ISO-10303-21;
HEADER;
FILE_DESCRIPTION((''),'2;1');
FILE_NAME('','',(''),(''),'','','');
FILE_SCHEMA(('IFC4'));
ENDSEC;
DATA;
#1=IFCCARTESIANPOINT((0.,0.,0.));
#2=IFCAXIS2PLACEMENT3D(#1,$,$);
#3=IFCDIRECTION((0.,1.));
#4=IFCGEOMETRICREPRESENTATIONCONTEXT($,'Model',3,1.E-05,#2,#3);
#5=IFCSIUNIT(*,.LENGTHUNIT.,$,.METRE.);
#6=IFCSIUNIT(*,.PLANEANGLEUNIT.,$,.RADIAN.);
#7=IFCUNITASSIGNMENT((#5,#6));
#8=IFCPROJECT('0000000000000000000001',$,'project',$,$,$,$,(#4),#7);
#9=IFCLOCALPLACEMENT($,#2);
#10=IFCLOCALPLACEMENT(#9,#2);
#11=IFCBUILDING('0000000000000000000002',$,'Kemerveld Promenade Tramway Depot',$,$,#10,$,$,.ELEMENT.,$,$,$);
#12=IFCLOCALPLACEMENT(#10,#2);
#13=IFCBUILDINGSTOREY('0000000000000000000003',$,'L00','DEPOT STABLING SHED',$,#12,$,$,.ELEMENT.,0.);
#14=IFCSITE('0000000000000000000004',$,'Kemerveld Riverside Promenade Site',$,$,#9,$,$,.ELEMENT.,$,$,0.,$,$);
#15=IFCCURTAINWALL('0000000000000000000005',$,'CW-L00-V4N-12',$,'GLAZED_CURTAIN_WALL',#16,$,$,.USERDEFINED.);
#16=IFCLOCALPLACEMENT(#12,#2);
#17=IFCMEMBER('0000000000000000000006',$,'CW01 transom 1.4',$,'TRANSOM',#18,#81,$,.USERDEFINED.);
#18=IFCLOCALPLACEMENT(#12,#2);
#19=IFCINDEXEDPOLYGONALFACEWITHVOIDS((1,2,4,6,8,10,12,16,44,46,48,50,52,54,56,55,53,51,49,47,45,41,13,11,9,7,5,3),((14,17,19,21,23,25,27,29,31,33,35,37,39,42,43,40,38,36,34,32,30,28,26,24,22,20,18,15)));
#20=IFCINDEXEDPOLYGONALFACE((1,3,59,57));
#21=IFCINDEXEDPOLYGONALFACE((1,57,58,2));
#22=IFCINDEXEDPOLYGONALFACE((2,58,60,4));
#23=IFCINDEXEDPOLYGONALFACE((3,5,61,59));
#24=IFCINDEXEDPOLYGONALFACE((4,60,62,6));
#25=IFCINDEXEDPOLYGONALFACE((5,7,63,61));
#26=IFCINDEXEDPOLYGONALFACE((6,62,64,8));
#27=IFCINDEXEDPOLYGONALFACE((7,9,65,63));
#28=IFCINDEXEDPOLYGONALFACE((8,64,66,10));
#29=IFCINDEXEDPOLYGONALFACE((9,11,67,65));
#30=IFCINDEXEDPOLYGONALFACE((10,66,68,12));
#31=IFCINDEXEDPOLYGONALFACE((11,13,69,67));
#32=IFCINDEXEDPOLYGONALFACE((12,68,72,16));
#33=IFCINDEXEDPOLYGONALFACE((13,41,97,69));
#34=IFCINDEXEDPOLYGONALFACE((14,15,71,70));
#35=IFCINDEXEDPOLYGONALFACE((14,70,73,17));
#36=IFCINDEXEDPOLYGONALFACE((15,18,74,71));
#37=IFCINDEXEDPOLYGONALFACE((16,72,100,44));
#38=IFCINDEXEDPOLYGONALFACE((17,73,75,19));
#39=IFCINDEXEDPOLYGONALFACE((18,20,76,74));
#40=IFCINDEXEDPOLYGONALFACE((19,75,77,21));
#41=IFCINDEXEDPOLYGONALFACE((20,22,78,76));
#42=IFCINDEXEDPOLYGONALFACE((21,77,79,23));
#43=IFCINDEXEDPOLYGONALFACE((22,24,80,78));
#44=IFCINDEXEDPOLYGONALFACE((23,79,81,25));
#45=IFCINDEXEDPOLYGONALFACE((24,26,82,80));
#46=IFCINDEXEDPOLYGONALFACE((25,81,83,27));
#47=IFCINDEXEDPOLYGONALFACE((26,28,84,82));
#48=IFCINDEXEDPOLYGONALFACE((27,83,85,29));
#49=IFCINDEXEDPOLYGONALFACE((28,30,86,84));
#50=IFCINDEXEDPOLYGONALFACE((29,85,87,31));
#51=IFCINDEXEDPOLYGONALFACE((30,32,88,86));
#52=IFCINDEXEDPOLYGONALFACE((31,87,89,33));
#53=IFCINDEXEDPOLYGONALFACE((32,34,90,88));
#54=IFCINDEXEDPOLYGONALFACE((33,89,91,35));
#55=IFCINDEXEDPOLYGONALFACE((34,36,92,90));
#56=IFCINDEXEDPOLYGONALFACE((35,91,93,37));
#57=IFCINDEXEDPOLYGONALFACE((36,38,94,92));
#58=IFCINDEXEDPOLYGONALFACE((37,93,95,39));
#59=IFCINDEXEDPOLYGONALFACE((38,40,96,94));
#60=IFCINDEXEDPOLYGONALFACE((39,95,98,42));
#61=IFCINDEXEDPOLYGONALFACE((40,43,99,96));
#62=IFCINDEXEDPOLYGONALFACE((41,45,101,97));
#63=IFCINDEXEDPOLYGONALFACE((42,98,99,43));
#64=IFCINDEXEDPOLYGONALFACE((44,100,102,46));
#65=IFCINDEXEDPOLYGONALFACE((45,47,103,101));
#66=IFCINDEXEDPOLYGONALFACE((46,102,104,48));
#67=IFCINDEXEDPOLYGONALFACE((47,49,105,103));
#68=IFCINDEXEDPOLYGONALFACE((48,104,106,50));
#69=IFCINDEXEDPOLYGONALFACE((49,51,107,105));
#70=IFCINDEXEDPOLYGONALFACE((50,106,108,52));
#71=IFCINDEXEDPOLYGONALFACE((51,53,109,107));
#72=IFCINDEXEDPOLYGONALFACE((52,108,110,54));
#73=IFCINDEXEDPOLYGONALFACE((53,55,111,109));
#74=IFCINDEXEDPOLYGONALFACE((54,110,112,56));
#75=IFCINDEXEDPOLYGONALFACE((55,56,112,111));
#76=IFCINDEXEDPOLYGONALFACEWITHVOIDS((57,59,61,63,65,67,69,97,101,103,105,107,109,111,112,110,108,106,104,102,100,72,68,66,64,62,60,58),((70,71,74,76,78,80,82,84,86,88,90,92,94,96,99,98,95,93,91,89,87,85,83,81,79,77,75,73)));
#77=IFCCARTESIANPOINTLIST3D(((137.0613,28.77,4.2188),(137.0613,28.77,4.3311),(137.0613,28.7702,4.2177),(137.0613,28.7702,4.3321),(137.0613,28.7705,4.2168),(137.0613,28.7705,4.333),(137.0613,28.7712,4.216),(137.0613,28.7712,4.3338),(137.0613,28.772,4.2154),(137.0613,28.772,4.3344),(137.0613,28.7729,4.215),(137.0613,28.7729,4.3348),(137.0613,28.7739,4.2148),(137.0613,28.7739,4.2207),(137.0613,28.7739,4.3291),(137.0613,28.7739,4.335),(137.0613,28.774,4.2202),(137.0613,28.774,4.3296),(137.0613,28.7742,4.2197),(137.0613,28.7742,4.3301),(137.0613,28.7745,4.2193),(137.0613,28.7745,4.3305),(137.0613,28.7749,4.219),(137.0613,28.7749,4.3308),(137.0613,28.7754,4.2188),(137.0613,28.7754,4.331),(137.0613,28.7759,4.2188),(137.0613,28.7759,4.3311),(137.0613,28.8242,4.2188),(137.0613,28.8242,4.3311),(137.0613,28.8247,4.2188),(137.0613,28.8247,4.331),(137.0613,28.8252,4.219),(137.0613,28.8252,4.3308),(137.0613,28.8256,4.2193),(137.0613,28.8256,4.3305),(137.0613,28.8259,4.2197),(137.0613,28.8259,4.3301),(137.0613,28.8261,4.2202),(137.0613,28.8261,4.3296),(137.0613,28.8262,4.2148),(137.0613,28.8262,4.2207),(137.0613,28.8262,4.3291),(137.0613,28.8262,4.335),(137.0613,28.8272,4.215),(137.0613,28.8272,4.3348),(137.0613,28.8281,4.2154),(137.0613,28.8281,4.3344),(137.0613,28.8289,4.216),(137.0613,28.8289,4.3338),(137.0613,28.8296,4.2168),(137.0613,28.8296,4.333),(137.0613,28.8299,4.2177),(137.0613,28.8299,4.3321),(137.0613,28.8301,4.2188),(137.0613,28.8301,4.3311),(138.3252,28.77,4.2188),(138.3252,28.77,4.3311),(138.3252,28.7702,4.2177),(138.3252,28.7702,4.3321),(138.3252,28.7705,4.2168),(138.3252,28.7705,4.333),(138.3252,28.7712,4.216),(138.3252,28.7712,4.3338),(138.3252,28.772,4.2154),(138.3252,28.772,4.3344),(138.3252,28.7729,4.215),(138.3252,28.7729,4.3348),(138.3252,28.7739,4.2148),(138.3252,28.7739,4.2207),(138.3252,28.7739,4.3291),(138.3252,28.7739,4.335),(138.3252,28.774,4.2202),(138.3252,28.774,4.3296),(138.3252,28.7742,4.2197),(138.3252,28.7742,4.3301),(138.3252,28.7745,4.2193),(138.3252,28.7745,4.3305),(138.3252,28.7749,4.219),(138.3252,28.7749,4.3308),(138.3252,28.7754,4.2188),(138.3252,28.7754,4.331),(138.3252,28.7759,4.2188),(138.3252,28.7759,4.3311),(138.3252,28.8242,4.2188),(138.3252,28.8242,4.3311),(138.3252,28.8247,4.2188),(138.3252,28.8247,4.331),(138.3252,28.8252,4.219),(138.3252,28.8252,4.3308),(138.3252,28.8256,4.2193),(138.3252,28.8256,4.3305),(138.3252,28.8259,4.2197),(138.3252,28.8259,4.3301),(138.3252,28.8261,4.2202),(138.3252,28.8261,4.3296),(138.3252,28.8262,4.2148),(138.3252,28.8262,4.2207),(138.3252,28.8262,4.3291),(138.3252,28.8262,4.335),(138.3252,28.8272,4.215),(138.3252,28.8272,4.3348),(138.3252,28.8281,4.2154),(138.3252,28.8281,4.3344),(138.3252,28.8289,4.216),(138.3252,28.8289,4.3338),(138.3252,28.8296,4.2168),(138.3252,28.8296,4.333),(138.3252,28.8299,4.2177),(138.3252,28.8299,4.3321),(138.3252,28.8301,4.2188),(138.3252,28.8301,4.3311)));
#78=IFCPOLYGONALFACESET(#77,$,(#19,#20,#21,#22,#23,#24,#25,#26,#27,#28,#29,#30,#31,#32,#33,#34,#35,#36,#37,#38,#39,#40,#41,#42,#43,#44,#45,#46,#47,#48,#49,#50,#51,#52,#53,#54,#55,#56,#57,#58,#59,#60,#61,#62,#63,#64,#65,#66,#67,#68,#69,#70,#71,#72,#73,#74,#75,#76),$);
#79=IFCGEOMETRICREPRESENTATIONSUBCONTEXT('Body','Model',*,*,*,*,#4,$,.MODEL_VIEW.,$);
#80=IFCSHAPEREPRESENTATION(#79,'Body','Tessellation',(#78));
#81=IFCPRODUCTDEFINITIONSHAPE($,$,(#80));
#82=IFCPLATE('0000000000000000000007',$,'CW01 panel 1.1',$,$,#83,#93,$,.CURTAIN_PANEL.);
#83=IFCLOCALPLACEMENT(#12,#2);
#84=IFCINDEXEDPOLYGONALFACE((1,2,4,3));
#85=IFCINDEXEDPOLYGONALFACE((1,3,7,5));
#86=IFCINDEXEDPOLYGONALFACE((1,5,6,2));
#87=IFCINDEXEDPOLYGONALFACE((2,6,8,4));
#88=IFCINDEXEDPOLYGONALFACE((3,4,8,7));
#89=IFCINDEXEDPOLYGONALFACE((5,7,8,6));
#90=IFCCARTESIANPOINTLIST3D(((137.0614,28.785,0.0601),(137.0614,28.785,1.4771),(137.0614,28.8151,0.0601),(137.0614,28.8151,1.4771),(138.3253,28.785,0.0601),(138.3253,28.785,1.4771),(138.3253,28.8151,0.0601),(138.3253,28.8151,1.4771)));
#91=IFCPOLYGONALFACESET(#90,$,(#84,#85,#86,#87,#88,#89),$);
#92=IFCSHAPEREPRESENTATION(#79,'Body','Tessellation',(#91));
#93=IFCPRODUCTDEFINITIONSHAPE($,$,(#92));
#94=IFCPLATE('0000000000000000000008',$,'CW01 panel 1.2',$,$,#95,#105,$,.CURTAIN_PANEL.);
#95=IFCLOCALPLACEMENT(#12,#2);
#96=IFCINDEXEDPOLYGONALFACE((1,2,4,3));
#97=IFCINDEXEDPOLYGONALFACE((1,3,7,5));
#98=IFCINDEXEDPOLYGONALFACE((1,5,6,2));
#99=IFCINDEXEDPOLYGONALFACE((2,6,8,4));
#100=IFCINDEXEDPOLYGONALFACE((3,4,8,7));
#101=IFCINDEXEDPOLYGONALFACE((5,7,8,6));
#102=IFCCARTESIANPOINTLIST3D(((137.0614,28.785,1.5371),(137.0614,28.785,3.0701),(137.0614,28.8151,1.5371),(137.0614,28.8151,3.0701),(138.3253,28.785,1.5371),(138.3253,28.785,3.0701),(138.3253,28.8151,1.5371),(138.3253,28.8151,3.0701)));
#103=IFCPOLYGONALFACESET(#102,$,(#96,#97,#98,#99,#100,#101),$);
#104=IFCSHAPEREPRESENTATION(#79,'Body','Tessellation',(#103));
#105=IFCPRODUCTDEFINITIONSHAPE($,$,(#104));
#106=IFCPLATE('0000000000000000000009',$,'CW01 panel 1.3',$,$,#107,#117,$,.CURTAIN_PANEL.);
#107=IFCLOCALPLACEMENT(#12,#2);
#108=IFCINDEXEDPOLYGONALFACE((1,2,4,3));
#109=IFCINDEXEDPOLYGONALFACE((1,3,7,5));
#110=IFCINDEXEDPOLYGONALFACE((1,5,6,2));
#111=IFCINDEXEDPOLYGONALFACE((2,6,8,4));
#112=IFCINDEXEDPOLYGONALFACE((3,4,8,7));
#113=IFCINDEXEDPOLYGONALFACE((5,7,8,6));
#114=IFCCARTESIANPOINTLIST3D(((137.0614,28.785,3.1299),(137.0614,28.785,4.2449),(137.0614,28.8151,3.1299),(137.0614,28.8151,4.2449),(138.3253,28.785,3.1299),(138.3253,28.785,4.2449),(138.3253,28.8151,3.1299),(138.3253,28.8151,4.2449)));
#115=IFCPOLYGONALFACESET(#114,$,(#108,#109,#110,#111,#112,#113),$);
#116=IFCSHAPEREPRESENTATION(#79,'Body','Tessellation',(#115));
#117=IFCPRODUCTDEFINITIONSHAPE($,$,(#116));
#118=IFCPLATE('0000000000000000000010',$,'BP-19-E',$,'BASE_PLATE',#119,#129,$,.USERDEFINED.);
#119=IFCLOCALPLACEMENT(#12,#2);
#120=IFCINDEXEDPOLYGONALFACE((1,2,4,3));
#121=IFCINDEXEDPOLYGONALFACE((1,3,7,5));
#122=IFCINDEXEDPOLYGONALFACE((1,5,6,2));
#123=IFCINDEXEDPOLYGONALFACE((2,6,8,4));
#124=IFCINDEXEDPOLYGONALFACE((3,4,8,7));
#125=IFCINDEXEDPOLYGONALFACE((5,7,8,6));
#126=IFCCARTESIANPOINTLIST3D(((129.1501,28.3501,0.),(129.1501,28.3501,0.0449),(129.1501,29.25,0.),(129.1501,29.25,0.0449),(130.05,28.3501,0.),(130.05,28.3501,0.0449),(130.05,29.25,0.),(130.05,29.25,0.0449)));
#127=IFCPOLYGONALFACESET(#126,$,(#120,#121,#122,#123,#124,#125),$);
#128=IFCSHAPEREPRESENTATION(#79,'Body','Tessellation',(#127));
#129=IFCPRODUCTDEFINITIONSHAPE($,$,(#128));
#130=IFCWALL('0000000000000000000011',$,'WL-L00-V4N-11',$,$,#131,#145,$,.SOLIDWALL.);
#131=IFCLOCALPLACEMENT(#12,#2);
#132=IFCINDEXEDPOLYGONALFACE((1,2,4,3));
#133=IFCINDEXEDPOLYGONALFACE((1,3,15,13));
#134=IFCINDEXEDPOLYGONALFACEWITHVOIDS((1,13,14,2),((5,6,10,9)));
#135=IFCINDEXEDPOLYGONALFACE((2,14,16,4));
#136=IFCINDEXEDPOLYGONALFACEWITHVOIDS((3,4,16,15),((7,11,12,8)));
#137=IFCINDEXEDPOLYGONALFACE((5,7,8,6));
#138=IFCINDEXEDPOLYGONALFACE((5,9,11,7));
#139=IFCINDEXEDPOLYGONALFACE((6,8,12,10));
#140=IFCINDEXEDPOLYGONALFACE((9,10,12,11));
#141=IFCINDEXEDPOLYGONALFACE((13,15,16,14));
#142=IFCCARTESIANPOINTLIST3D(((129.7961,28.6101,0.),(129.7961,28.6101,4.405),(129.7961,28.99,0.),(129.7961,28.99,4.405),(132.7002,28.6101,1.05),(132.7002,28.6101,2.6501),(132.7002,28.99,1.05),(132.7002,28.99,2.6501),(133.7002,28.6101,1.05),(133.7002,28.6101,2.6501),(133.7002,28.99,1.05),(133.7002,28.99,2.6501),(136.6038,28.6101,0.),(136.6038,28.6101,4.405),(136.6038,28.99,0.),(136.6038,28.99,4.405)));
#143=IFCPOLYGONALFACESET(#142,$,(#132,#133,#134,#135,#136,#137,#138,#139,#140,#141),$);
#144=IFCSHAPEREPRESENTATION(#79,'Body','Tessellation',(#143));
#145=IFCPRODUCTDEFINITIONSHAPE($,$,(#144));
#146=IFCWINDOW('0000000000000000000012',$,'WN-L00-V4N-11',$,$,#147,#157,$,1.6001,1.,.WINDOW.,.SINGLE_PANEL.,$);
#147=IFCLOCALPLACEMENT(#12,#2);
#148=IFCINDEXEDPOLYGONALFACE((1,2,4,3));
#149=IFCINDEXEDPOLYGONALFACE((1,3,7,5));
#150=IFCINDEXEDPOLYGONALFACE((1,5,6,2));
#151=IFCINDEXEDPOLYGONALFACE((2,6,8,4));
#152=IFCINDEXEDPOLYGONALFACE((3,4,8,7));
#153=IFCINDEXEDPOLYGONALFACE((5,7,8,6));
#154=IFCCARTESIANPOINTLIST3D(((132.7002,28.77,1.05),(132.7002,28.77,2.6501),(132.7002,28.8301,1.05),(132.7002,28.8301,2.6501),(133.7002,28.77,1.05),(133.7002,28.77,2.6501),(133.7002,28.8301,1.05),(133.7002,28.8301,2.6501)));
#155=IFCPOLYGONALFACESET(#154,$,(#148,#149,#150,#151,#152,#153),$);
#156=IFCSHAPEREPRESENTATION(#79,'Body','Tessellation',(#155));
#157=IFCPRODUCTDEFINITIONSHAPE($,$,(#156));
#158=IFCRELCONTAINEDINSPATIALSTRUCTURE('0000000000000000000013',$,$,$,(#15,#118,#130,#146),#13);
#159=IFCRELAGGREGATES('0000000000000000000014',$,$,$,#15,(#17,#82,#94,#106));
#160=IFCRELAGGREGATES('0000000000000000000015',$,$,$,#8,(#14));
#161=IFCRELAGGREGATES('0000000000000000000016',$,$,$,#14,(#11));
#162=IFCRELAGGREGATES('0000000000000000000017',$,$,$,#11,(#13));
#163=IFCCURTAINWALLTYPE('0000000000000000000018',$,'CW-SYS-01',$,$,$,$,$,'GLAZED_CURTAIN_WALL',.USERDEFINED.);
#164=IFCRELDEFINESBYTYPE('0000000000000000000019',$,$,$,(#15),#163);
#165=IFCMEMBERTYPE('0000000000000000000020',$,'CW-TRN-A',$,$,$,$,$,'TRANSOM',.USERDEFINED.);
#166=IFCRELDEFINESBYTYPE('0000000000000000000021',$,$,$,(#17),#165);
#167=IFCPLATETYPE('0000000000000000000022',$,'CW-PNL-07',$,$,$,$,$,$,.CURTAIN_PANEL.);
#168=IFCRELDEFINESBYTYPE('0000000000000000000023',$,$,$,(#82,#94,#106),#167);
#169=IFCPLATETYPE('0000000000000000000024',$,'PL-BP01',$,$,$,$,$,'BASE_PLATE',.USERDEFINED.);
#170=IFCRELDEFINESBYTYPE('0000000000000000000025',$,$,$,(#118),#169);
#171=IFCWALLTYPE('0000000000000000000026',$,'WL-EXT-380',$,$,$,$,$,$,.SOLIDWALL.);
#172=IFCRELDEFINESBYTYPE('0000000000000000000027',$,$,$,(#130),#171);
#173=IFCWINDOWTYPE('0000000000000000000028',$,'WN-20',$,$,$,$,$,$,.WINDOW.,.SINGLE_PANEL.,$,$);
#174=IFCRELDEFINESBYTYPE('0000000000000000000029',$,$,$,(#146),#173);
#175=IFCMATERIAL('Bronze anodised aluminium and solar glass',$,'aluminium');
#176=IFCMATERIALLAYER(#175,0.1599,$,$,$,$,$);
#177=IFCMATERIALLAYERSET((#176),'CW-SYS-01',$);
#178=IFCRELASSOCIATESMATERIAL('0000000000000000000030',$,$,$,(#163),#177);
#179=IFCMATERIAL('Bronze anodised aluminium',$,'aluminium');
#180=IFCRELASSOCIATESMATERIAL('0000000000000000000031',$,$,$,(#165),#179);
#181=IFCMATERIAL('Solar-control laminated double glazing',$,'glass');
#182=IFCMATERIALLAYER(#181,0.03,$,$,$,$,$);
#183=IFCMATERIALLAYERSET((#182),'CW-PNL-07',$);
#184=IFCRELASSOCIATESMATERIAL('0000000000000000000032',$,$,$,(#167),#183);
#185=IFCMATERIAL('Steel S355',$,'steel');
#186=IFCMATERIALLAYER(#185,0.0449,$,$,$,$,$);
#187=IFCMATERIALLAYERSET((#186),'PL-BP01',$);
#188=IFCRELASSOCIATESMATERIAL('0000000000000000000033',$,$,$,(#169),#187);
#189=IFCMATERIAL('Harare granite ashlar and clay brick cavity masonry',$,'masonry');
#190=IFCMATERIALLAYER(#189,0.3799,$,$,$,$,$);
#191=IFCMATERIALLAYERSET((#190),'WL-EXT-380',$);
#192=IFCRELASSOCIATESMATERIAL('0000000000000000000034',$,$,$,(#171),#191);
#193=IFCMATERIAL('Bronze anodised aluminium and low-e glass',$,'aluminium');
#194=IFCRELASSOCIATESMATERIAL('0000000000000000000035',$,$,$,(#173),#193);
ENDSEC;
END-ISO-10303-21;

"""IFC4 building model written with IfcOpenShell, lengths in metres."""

from ifc_helpers import new_model, si_unit, direction, frame, frame_2d, origin, origin_2d, place, context, subcontext, project, spatial, rectangle, hollow_rectangle, extrude, material, layer, layer_set, material_profile, profile_set, type_object, element, fill, aggregate, save


model = new_model("IFC4")

# Units and contexts
model_context = context("Model", 3, precision=1e-05, world=origin(), true_north=direction((0.0, 1.0)))
body_context = subcontext(model_context, "Body", "Model", "MODEL_VIEW")
ifc_project = project(units=[si_unit("LENGTHUNIT", "METRE"), si_unit("PLANEANGLEUNIT", "RADIAN")], contexts=[model_context])

# Site, building, storey
site_placement = place(None, origin())
site = spatial("IfcSite", under=ifc_project, at=site_placement, Name="Kemerveld Riverside Promenade Site", CompositionType="ELEMENT", RefElevation=0.0)
building_placement = place(site_placement, origin())
building = spatial("IfcBuilding", under=site, at=building_placement, Name="Kemerveld Promenade Tramway Depot", CompositionType="ELEMENT")
storey_placement = place(building_placement, origin())
storey = spatial("IfcBuildingStorey", under=building, at=storey_placement, Name="L00", Description="DEPOT STABLING SHED", CompositionType="ELEMENT", Elevation=0.0)

# Shared definitions
ifc_material_1 = material(Name="Steel S355", Category="steel")

# Curtain wall, member, plates
ifc_material_2 = material(Name="Bronze anodised aluminium and solar glass", Category="aluminium")
ifc_layer_1 = layer(ifc_material_2, 0.1599)
ifc_layer_set_1 = layer_set([ifc_layer_1], Name="CW-SYS-01")
curtain_wall_type = type_object("IfcCurtainWallType", Name="CW-SYS-01", ElementType="GLAZED_CURTAIN_WALL", PredefinedType="USERDEFINED", material=ifc_layer_set_1)
curtain_wall_placement = place(storey_placement, origin())
curtain_wall = element("IfcCurtainWall", 1, at=curtain_wall_placement, inside=storey, type_object=curtain_wall_type, Name="CW-L00-V4N-12", ObjectType="GLAZED_CURTAIN_WALL", PredefinedType="USERDEFINED")
ifc_material_3 = material(Name="Bronze anodised aluminium", Category="aluminium")
ifc_material_profile_1 = material_profile(ifc_material_3, hollow_rectangle(XDim=0.0601, YDim=0.1201, WallThickness=0.0039, InnerFilletRadius=0.002, OuterFilletRadius=0.0039, at=origin_2d()), Name="CW-TRN-120x60")
ifc_profile_set_1 = profile_set([ifc_material_profile_1], Name="Bronze anodised aluminium")
member_type_1 = type_object("IfcMemberType", Name="CW-TRN-A", ElementType="TRANSOM", PredefinedType="USERDEFINED", material=ifc_profile_set_1)
member_1_placement = place(storey_placement, frame((137.0613, 28.8, 4.2749), z_axis=(1.0, 0.0, 0.0), x_axis=(0.0, 1.0, 0.0)))
member_1 = element("IfcMember", 2, at=member_1_placement, type_object=member_type_1, Name="CW01 transom 1.4", ObjectType="TRANSOM", PredefinedType="USERDEFINED", context=body_context, shape_type="SweptSolid", body=[
    extrude(hollow_rectangle(XDim=0.0601, YDim=0.1201, WallThickness=0.0039, InnerFilletRadius=0.002, OuterFilletRadius=0.0039, at=origin_2d()), origin(), (0.0, 0.0, 1.0), 1.2639),
])
ifc_material_4 = material(Name="Solar-control laminated double glazing", Category="glass")
ifc_layer_2 = layer(ifc_material_4, 0.03)
ifc_layer_set_2 = layer_set([ifc_layer_2], Name="CW-PNL-07")
plate_type_1 = type_object("IfcPlateType", Name="CW-PNL-07", PredefinedType="CURTAIN_PANEL", material=ifc_layer_set_2)
plate_1_placement = place(storey_placement, frame((137.6934, 28.8, 0.0601), z_axis=(0.0, 0.0, 1.0), x_axis=(1.0, 0.0, 0.0)))
plate_1 = element("IfcPlate", 3, at=plate_1_placement, type_object=plate_type_1, Name="CW01 panel 1.1", PredefinedType="CURTAIN_PANEL", context=body_context, shape_type="SweptSolid", body=[
    extrude(rectangle(XDim=1.2639, YDim=0.03, at=origin_2d()), origin(), (0.0, 0.0, 1.0), 1.417),
])
plate_2_placement = place(storey_placement, frame((137.6934, 28.8, 1.5371), z_axis=(0.0, 0.0, 1.0), x_axis=(1.0, 0.0, 0.0)))
plate_2 = element("IfcPlate", 4, at=plate_2_placement, type_object=plate_type_1, Name="CW01 panel 1.2", PredefinedType="CURTAIN_PANEL", context=body_context, shape_type="SweptSolid", body=[
    extrude(rectangle(XDim=1.2639, YDim=0.03, at=origin_2d()), origin(), (0.0, 0.0, 1.0), 1.533),
])
plate_3_placement = place(storey_placement, frame((137.6934, 28.8, 3.1299), z_axis=(0.0, 0.0, 1.0), x_axis=(1.0, 0.0, 0.0)))
plate_3 = element("IfcPlate", 5, at=plate_3_placement, type_object=plate_type_1, Name="CW01 panel 1.3", PredefinedType="CURTAIN_PANEL", context=body_context, shape_type="SweptSolid", body=[
    extrude(rectangle(XDim=1.2639, YDim=0.03, at=origin_2d()), origin(), (0.0, 0.0, 1.0), 1.115),
])
aggregate(curtain_wall, [member_1, plate_1, plate_2, plate_3])

# Plate
ifc_layer_3 = layer(ifc_material_1, 0.0449)
ifc_layer_set_3 = layer_set([ifc_layer_3], Name="PL-BP01")
plate_type_2 = type_object("IfcPlateType", Name="PL-BP01", ElementType="BASE_PLATE", PredefinedType="USERDEFINED", material=ifc_layer_set_3)
plate_4_placement = place(storey_placement, frame((129.6001, 28.8, 0.0), z_axis=(0.0, 0.0, 1.0), x_axis=(1.0, 0.0, 0.0)))
element("IfcPlate", 6, at=plate_4_placement, inside=storey, type_object=plate_type_2, Name="BP-19-E", ObjectType="BASE_PLATE", PredefinedType="USERDEFINED", context=body_context, shape_type="SweptSolid", body=[
    extrude(rectangle(XDim=0.8999, YDim=0.8999, at=origin_2d()), origin(), (0.0, 0.0, 1.0), 0.0449),
])

# Wall, opening, window
ifc_material_5 = material(Name="Harare granite ashlar and clay brick cavity masonry", Category="masonry")
ifc_layer_4 = layer(ifc_material_5, 0.3799)
ifc_layer_set_4 = layer_set([ifc_layer_4], Name="WL-EXT-380")
wall_type = type_object("IfcWallType", Name="WL-EXT-380", PredefinedType="SOLIDWALL", material=ifc_layer_set_4)
wall_placement = place(storey_placement, frame((129.7961, 28.8, 0.0), z_axis=(0.0, 0.0, 1.0), x_axis=(1.0, 0.0, 0.0)))
wall = element("IfcWall", 7, at=wall_placement, inside=storey, type_object=wall_type, Name="WL-L00-V4N-11", PredefinedType="SOLIDWALL", context=body_context, shape_type="SweptSolid", body=[
    extrude(rectangle(XDim=6.8076, YDim=0.3799, at=frame_2d((3.4038, 0.0))), origin(), (0.0, 0.0, 1.0), 4.405),
])
opening_placement = place(wall_placement, frame((2.9041, 0.0, 1.05)))
opening = element("IfcOpeningElement", 8, at=opening_placement, cuts=wall, PredefinedType="OPENING", context=body_context, shape_type="SweptSolid", body=[
    extrude(rectangle(XDim=1.0, YDim=1.6001, at=frame_2d((0.5, 0.8))), frame((0.0, 0.2, 0.0), z_axis=(0.0, -1.0, 0.0), x_axis=(1.0, 0.0, 0.0)), (0.0, 0.0, 1.0), 0.3999),
])
ifc_material_6 = material(Name="Bronze anodised aluminium and low-e glass", Category="aluminium")
window_type = type_object("IfcWindowType", Name="WN-20", PartitioningType="SINGLE_PANEL", PredefinedType="WINDOW", material=ifc_material_6)
window_placement = place(opening_placement, origin())
window = element("IfcWindow", 9, at=window_placement, inside=storey, type_object=window_type, Name="WN-L00-V4N-11", OverallHeight=1.6001, OverallWidth=1.0, PartitioningType="SINGLE_PANEL", PredefinedType="WINDOW", context=body_context, shape_type="SweptSolid", body=[
    extrude(rectangle(XDim=1.0, YDim=1.6001, at=frame_2d((0.5, 0.8))), frame((0.0, 0.03, 0.0), z_axis=(0.0, -1.0, 0.0), x_axis=(1.0, 0.0, 0.0)), (0.0, 0.0, 1.0), 0.0601),
])
fill(opening, window)

save(model, "model.ifc")
